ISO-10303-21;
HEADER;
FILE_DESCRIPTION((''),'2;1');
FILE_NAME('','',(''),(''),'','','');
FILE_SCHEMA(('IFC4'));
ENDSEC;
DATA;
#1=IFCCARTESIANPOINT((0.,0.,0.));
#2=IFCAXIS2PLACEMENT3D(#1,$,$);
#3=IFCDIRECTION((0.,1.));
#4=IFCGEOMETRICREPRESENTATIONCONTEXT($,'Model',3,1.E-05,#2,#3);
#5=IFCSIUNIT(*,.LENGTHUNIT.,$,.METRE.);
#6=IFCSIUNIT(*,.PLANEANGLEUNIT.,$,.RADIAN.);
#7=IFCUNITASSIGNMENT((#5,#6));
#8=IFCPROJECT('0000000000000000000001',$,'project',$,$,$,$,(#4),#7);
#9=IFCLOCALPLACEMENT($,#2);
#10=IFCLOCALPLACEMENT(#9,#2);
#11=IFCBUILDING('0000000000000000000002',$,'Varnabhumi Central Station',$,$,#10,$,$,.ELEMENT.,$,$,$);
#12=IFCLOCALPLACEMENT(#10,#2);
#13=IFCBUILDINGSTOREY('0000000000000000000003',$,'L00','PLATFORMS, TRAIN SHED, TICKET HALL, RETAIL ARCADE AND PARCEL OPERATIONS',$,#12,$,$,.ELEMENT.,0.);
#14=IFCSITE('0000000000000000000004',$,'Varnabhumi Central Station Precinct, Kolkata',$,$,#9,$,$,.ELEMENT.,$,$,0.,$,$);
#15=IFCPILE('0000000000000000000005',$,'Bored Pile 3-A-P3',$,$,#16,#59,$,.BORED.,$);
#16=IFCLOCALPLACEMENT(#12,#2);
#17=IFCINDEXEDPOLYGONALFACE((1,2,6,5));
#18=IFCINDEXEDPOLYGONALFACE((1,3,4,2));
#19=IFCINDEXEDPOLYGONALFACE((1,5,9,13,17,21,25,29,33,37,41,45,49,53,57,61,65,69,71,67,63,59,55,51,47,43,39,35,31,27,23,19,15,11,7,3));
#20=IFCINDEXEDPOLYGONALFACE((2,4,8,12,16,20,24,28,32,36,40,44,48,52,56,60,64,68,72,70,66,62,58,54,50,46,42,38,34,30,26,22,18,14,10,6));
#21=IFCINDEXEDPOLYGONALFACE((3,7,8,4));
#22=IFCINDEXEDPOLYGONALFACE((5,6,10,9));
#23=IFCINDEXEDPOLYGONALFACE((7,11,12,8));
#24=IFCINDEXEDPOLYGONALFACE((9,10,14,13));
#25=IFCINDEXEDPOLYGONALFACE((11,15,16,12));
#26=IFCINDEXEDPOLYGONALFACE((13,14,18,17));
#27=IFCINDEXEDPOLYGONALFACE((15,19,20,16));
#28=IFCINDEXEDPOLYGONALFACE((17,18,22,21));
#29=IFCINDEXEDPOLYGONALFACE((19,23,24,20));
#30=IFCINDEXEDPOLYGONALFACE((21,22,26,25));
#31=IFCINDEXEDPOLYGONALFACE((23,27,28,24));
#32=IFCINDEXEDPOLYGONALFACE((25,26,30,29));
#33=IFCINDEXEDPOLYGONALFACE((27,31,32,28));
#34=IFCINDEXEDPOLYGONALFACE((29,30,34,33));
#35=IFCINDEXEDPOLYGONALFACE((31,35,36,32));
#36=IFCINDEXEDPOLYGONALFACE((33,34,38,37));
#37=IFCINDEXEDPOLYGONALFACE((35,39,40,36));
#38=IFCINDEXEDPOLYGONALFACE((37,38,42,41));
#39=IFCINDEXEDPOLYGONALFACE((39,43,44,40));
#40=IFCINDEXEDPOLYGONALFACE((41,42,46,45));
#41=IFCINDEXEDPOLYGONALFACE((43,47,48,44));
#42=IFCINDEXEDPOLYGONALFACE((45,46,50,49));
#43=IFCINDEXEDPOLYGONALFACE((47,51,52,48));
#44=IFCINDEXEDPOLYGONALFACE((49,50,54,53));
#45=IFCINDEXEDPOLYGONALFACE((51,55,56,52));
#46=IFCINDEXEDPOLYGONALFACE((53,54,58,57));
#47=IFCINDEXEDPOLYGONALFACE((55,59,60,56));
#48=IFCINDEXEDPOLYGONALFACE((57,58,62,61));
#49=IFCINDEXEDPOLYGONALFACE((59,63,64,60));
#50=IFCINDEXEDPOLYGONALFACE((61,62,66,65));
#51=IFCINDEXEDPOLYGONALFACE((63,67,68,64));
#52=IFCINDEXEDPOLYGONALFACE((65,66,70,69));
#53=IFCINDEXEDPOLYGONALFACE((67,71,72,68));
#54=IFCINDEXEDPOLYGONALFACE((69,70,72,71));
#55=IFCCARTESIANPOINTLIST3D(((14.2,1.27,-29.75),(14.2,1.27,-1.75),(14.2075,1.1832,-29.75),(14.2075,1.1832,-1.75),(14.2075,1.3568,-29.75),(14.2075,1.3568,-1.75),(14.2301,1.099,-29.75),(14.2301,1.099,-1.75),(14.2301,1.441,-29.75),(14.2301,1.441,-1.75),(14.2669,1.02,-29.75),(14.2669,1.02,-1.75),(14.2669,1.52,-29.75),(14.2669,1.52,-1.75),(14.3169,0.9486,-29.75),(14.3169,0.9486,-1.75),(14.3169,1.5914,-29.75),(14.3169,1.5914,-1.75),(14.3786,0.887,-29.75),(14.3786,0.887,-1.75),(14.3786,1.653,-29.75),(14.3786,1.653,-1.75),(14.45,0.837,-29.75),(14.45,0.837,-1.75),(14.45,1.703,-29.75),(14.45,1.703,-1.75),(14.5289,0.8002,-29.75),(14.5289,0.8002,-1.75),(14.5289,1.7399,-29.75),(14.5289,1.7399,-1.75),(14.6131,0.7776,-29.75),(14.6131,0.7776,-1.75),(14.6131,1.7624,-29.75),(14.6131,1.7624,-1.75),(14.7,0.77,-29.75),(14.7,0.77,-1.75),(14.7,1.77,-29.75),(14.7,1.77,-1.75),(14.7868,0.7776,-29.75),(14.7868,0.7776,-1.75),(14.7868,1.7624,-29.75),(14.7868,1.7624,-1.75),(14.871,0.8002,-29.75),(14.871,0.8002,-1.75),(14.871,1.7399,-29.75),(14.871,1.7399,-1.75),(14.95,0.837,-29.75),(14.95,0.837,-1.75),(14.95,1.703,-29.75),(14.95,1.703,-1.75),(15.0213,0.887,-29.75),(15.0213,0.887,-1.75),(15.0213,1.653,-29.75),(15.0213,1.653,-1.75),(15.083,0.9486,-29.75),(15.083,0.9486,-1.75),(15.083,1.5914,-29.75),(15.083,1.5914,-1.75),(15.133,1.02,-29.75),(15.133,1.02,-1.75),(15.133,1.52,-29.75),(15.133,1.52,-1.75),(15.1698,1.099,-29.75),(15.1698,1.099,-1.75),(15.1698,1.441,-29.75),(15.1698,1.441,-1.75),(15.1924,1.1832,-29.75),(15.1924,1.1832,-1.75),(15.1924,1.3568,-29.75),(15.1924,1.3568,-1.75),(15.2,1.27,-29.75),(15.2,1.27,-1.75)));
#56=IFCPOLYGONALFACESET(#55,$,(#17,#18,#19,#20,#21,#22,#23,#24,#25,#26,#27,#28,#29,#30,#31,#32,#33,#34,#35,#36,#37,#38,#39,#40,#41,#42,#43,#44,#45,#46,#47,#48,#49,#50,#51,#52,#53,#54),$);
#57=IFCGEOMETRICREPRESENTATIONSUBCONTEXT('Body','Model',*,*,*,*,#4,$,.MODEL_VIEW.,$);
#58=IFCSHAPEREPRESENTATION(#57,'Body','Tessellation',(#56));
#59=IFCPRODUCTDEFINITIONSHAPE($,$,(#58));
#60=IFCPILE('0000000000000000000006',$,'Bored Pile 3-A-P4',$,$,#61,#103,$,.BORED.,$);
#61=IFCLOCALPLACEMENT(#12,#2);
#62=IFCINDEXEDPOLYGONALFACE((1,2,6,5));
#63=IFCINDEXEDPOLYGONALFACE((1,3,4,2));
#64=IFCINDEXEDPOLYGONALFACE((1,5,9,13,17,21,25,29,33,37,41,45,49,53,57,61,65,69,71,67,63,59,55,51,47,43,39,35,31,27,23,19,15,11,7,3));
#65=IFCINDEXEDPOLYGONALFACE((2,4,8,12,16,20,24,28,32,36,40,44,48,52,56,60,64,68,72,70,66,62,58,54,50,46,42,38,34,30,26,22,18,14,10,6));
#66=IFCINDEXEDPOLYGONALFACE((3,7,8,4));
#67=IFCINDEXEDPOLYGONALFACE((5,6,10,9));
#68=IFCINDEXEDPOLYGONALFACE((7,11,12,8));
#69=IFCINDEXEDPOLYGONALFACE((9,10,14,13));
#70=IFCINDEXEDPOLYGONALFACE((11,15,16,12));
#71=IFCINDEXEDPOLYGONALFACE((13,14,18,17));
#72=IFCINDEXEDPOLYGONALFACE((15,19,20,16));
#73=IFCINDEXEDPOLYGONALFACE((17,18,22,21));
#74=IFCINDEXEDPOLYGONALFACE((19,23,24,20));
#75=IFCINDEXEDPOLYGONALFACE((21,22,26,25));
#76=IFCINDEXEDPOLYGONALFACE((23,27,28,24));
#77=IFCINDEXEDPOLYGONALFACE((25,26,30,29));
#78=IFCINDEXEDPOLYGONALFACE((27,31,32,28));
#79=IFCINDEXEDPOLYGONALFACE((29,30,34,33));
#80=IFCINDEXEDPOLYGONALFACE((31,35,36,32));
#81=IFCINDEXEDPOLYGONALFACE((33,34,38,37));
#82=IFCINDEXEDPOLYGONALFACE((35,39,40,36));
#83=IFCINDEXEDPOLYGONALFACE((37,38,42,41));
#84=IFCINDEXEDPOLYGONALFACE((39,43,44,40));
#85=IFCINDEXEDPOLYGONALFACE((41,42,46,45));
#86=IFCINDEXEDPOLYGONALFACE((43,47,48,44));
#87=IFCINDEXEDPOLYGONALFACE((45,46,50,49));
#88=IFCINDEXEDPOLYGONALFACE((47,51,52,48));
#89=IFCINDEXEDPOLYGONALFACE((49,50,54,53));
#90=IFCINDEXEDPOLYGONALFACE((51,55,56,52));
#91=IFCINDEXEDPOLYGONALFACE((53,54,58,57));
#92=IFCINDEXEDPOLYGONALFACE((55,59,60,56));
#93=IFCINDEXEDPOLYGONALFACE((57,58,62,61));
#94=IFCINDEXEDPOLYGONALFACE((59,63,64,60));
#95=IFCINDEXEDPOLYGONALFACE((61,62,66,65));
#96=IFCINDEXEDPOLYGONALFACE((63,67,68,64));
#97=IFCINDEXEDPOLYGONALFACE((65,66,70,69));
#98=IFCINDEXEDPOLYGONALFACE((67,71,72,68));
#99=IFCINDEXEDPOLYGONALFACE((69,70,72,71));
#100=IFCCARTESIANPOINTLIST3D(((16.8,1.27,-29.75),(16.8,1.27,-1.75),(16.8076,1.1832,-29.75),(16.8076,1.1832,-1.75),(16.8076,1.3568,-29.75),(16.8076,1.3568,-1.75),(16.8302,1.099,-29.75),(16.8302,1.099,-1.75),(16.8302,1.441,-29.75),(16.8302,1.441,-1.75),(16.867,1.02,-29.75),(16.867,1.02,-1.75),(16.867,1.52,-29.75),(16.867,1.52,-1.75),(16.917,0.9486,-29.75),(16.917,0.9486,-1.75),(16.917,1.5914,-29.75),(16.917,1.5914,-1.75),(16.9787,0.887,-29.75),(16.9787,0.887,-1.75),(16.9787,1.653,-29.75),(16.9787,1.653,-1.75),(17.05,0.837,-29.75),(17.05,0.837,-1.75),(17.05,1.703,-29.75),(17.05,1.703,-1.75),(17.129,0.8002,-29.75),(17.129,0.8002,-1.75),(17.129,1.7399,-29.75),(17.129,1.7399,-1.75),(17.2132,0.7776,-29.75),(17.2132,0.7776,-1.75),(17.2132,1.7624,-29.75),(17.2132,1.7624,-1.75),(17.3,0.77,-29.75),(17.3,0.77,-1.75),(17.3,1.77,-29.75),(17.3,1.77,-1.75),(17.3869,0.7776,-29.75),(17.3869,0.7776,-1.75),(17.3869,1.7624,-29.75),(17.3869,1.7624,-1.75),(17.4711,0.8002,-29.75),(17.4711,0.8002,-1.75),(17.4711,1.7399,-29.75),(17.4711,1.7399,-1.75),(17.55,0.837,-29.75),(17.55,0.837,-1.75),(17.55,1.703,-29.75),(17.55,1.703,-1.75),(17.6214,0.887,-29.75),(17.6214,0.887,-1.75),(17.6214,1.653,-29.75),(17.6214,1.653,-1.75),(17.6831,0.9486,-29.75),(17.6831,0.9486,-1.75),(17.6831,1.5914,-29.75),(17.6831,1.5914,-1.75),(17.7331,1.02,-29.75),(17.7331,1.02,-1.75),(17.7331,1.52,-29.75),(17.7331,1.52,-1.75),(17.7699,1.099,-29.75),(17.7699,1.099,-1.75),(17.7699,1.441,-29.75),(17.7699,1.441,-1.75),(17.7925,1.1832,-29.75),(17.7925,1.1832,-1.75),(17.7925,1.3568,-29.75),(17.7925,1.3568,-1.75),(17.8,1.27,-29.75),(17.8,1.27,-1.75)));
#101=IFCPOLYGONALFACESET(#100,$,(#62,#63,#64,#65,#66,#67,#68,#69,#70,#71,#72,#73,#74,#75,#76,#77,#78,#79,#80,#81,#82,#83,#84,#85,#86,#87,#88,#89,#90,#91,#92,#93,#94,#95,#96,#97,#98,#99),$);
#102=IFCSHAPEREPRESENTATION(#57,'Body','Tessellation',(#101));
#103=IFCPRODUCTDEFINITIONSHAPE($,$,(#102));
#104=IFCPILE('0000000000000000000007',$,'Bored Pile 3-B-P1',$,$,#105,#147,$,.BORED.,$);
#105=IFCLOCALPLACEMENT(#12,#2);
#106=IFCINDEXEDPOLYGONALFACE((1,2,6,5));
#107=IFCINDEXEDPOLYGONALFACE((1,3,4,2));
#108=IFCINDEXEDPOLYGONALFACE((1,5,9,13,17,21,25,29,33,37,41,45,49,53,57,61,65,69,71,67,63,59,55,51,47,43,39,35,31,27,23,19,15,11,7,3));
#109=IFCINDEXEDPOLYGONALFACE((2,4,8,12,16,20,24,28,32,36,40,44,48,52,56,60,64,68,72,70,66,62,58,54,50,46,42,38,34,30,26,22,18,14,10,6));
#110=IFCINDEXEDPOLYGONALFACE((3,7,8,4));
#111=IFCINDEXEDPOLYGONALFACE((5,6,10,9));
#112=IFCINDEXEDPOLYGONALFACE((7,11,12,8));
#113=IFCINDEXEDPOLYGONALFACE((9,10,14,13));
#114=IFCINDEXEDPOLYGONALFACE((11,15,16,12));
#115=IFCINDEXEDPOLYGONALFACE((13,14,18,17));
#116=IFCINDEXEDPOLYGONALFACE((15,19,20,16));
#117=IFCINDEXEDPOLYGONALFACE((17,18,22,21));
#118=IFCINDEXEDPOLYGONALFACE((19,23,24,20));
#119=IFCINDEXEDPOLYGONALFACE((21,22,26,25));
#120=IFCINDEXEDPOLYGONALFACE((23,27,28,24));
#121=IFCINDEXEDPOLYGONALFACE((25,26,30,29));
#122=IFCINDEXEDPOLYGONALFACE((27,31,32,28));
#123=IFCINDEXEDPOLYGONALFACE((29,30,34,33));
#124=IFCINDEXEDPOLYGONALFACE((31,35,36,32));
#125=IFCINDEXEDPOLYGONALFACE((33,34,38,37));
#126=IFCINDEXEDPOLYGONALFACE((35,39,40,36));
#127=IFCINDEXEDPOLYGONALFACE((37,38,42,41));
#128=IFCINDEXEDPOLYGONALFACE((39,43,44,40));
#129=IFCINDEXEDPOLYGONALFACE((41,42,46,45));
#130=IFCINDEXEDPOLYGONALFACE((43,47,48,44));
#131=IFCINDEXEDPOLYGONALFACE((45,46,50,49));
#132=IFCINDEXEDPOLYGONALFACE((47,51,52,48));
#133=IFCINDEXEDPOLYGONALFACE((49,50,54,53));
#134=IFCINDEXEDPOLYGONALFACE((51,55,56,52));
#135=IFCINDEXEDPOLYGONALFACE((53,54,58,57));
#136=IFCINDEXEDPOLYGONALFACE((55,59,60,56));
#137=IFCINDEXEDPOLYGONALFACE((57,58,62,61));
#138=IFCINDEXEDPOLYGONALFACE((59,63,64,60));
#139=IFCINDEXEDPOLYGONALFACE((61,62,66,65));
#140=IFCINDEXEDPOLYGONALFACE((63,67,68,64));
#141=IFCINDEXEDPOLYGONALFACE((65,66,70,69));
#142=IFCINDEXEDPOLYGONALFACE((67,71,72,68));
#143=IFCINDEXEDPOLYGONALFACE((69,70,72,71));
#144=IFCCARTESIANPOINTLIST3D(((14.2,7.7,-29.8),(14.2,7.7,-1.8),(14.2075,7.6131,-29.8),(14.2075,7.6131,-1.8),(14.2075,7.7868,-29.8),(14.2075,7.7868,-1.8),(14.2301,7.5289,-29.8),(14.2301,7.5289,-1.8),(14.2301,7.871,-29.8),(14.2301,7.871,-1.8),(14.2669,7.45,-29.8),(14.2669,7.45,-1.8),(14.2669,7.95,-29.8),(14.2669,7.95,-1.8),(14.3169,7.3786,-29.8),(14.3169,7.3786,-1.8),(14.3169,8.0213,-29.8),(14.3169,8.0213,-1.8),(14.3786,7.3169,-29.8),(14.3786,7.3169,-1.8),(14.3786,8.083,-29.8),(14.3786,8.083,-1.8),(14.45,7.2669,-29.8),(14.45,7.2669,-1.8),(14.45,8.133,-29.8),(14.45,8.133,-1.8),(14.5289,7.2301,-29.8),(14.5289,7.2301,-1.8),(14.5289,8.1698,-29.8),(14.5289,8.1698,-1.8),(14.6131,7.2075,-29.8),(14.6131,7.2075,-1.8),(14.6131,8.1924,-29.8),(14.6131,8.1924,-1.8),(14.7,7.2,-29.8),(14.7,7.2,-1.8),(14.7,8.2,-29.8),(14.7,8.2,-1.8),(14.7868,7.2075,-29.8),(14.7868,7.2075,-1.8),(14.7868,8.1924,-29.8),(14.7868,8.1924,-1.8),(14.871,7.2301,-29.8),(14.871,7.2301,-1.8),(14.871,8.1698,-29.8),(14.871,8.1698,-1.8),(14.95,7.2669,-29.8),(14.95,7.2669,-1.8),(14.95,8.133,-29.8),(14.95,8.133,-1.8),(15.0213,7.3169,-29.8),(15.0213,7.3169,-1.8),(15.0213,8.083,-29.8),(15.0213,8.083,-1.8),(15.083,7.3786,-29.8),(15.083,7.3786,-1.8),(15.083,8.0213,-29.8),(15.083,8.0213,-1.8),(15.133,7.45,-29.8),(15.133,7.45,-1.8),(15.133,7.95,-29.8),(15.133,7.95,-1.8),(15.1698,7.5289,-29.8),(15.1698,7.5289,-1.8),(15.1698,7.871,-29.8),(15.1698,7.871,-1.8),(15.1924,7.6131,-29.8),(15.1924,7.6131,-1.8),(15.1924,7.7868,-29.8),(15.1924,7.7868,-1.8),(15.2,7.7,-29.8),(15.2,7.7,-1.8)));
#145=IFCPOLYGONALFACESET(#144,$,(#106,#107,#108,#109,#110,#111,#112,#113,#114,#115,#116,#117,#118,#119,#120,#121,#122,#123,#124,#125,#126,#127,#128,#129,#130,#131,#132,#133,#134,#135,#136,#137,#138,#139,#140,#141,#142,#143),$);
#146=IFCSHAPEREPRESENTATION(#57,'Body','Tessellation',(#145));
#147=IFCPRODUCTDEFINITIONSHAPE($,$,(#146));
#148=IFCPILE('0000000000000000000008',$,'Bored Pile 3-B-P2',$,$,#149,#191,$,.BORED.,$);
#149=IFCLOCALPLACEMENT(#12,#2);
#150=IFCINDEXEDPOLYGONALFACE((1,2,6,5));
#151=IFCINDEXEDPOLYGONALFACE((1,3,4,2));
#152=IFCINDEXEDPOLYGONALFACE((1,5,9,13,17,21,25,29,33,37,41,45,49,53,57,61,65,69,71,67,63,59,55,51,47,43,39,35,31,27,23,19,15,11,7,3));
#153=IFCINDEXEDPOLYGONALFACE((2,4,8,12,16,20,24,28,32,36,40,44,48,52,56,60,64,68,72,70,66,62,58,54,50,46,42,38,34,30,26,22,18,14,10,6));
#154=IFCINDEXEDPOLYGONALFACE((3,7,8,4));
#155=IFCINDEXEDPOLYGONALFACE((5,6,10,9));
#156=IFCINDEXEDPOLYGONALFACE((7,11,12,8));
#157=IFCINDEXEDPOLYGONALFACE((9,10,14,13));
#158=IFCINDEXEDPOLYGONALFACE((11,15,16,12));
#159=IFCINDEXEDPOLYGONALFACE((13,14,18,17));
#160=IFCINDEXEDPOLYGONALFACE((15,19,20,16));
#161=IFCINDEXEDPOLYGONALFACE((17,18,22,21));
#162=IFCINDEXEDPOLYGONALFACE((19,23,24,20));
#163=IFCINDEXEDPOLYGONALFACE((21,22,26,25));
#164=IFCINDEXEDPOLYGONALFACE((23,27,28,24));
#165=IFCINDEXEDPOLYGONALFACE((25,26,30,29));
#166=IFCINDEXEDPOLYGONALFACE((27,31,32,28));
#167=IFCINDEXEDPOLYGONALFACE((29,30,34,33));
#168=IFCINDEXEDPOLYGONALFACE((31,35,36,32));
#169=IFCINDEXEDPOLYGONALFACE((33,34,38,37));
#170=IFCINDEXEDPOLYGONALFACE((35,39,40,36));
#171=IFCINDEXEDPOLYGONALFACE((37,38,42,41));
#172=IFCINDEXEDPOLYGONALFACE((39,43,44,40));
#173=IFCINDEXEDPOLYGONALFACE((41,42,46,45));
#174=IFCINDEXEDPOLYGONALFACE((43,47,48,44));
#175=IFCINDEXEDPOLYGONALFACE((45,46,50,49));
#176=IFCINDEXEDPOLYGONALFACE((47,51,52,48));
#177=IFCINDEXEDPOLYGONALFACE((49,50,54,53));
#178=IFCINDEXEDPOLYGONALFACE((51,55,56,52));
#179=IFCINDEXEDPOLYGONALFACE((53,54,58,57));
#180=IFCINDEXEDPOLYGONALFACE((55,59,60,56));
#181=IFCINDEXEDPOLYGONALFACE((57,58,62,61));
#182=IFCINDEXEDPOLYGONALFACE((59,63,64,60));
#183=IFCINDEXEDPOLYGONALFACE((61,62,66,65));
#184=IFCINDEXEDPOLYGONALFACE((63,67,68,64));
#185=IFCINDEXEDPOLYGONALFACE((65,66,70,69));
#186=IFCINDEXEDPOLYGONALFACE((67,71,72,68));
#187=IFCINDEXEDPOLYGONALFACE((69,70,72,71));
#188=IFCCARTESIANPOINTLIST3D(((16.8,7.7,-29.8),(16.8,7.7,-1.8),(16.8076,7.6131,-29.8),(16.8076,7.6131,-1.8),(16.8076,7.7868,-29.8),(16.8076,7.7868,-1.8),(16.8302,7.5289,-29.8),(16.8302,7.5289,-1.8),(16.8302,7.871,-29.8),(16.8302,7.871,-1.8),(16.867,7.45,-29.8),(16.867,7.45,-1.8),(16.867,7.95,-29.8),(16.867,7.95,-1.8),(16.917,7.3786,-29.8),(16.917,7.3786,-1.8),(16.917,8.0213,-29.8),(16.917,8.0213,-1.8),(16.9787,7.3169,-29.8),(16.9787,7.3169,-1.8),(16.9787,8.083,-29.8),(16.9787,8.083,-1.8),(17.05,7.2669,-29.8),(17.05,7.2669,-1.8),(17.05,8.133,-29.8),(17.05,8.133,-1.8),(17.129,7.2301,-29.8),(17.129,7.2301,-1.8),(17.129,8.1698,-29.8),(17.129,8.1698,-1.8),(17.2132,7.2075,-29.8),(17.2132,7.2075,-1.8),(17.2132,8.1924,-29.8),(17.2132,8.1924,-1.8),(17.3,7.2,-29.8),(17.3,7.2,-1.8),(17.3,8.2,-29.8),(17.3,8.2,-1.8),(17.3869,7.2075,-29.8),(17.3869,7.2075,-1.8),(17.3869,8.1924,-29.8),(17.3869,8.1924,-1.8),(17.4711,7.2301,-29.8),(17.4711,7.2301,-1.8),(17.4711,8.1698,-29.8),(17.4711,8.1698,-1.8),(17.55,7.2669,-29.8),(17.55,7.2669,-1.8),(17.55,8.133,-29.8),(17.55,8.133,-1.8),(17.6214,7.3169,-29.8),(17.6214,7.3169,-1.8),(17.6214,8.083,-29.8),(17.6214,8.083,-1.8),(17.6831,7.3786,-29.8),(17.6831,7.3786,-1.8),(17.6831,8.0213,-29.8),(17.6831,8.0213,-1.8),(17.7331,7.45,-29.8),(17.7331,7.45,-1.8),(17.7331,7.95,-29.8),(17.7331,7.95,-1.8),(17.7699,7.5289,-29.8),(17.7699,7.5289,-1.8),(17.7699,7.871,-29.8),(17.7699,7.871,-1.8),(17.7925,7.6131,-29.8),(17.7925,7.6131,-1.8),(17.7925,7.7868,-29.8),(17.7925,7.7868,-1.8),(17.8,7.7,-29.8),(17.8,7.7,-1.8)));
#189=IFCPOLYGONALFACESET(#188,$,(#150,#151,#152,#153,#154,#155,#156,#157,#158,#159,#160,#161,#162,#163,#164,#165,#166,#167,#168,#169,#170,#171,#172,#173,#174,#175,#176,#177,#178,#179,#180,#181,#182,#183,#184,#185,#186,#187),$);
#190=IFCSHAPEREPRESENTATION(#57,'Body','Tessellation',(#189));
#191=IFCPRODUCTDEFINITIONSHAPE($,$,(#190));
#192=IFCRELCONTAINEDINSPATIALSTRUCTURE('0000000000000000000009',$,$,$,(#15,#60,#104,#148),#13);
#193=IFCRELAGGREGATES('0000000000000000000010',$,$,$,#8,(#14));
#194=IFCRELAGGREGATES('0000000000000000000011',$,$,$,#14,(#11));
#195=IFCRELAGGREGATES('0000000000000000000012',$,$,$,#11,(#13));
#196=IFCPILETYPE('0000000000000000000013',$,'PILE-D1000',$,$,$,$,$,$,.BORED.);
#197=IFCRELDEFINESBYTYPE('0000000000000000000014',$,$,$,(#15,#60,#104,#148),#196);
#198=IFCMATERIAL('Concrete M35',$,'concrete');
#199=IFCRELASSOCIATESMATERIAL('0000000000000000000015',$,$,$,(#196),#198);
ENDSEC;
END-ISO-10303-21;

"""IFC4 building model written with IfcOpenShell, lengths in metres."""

from ifc_helpers import new_model, si_unit, direction, frame, origin, origin_2d, place, context, subcontext, project, spatial, circle, extrude, material, material_profile, profile_set, type_object, element, save


model = new_model("IFC4")

# Units and contexts
model_context = context("Model", 3, precision=1e-05, world=origin(), true_north=direction((0.0, 1.0)))
body_context = subcontext(model_context, "Body", "Model", "MODEL_VIEW")
ifc_project = project(units=[si_unit("LENGTHUNIT", "METRE"), si_unit("PLANEANGLEUNIT", "RADIAN")], contexts=[model_context])

# Site, building, storey
site_placement = place(None, origin())
site = spatial("IfcSite", under=ifc_project, at=site_placement, Name="Varnabhumi Central Station Precinct, Kolkata", CompositionType="ELEMENT", RefElevation=0.0)
building_placement = place(site_placement, origin())
building = spatial("IfcBuilding", under=site, at=building_placement, Name="Varnabhumi Central Station", CompositionType="ELEMENT")
storey_placement = place(building_placement, origin())
storey = spatial("IfcBuildingStorey", under=building, at=storey_placement, Name="L00", Description="PLATFORMS, TRAIN SHED, TICKET HALL, RETAIL ARCADE AND PARCEL OPERATIONS", CompositionType="ELEMENT", Elevation=0.0)

# Piles
ifc_material_1 = material(Name="Concrete M35", Category="concrete")
ifc_material_profile_1 = material_profile(ifc_material_1, circle(Radius=0.5, at=origin_2d()), Name="Concrete M35", Category="concrete")
ifc_profile_set_1 = profile_set([ifc_material_profile_1], Name="Concrete M35")
pile_type_1 = type_object("IfcPileType", Name="PILE-D1000", PredefinedType="BORED", material=ifc_profile_set_1)
for number, where, z_axis, x_axis, name in (
    (1, (14.7, 1.27, -1.75), (0.0, 0.0, -1.0), (1.0, 0.0, 0.0), "Bored Pile 3-A-P3"),
    (2, (17.3, 1.27, -1.75), (0.0, 0.0, -1.0), (1.0, 0.0, 0.0), "Bored Pile 3-A-P4"),
    (3, (14.7, 7.7, -1.8), (0.0, 0.0, -1.0), (1.0, 0.0, 0.0), "Bored Pile 3-B-P1"),
    (4, (17.3, 7.7, -1.8), (0.0, 0.0, -1.0), (1.0, 0.0, 0.0), "Bored Pile 3-B-P2"),
):
    element("IfcPile", number, at=place(storey_placement, frame(where, z_axis=z_axis, x_axis=x_axis)), inside=storey, type_object=pile_type_1, Name=name, PredefinedType="BORED", context=body_context, shape_type="SweptSolid", body=[
        extrude(circle(Radius=0.5, at=origin_2d()), origin(), (0.0, 0.0, 1.0), 28.0),
    ])

save(model, "model.ifc")
